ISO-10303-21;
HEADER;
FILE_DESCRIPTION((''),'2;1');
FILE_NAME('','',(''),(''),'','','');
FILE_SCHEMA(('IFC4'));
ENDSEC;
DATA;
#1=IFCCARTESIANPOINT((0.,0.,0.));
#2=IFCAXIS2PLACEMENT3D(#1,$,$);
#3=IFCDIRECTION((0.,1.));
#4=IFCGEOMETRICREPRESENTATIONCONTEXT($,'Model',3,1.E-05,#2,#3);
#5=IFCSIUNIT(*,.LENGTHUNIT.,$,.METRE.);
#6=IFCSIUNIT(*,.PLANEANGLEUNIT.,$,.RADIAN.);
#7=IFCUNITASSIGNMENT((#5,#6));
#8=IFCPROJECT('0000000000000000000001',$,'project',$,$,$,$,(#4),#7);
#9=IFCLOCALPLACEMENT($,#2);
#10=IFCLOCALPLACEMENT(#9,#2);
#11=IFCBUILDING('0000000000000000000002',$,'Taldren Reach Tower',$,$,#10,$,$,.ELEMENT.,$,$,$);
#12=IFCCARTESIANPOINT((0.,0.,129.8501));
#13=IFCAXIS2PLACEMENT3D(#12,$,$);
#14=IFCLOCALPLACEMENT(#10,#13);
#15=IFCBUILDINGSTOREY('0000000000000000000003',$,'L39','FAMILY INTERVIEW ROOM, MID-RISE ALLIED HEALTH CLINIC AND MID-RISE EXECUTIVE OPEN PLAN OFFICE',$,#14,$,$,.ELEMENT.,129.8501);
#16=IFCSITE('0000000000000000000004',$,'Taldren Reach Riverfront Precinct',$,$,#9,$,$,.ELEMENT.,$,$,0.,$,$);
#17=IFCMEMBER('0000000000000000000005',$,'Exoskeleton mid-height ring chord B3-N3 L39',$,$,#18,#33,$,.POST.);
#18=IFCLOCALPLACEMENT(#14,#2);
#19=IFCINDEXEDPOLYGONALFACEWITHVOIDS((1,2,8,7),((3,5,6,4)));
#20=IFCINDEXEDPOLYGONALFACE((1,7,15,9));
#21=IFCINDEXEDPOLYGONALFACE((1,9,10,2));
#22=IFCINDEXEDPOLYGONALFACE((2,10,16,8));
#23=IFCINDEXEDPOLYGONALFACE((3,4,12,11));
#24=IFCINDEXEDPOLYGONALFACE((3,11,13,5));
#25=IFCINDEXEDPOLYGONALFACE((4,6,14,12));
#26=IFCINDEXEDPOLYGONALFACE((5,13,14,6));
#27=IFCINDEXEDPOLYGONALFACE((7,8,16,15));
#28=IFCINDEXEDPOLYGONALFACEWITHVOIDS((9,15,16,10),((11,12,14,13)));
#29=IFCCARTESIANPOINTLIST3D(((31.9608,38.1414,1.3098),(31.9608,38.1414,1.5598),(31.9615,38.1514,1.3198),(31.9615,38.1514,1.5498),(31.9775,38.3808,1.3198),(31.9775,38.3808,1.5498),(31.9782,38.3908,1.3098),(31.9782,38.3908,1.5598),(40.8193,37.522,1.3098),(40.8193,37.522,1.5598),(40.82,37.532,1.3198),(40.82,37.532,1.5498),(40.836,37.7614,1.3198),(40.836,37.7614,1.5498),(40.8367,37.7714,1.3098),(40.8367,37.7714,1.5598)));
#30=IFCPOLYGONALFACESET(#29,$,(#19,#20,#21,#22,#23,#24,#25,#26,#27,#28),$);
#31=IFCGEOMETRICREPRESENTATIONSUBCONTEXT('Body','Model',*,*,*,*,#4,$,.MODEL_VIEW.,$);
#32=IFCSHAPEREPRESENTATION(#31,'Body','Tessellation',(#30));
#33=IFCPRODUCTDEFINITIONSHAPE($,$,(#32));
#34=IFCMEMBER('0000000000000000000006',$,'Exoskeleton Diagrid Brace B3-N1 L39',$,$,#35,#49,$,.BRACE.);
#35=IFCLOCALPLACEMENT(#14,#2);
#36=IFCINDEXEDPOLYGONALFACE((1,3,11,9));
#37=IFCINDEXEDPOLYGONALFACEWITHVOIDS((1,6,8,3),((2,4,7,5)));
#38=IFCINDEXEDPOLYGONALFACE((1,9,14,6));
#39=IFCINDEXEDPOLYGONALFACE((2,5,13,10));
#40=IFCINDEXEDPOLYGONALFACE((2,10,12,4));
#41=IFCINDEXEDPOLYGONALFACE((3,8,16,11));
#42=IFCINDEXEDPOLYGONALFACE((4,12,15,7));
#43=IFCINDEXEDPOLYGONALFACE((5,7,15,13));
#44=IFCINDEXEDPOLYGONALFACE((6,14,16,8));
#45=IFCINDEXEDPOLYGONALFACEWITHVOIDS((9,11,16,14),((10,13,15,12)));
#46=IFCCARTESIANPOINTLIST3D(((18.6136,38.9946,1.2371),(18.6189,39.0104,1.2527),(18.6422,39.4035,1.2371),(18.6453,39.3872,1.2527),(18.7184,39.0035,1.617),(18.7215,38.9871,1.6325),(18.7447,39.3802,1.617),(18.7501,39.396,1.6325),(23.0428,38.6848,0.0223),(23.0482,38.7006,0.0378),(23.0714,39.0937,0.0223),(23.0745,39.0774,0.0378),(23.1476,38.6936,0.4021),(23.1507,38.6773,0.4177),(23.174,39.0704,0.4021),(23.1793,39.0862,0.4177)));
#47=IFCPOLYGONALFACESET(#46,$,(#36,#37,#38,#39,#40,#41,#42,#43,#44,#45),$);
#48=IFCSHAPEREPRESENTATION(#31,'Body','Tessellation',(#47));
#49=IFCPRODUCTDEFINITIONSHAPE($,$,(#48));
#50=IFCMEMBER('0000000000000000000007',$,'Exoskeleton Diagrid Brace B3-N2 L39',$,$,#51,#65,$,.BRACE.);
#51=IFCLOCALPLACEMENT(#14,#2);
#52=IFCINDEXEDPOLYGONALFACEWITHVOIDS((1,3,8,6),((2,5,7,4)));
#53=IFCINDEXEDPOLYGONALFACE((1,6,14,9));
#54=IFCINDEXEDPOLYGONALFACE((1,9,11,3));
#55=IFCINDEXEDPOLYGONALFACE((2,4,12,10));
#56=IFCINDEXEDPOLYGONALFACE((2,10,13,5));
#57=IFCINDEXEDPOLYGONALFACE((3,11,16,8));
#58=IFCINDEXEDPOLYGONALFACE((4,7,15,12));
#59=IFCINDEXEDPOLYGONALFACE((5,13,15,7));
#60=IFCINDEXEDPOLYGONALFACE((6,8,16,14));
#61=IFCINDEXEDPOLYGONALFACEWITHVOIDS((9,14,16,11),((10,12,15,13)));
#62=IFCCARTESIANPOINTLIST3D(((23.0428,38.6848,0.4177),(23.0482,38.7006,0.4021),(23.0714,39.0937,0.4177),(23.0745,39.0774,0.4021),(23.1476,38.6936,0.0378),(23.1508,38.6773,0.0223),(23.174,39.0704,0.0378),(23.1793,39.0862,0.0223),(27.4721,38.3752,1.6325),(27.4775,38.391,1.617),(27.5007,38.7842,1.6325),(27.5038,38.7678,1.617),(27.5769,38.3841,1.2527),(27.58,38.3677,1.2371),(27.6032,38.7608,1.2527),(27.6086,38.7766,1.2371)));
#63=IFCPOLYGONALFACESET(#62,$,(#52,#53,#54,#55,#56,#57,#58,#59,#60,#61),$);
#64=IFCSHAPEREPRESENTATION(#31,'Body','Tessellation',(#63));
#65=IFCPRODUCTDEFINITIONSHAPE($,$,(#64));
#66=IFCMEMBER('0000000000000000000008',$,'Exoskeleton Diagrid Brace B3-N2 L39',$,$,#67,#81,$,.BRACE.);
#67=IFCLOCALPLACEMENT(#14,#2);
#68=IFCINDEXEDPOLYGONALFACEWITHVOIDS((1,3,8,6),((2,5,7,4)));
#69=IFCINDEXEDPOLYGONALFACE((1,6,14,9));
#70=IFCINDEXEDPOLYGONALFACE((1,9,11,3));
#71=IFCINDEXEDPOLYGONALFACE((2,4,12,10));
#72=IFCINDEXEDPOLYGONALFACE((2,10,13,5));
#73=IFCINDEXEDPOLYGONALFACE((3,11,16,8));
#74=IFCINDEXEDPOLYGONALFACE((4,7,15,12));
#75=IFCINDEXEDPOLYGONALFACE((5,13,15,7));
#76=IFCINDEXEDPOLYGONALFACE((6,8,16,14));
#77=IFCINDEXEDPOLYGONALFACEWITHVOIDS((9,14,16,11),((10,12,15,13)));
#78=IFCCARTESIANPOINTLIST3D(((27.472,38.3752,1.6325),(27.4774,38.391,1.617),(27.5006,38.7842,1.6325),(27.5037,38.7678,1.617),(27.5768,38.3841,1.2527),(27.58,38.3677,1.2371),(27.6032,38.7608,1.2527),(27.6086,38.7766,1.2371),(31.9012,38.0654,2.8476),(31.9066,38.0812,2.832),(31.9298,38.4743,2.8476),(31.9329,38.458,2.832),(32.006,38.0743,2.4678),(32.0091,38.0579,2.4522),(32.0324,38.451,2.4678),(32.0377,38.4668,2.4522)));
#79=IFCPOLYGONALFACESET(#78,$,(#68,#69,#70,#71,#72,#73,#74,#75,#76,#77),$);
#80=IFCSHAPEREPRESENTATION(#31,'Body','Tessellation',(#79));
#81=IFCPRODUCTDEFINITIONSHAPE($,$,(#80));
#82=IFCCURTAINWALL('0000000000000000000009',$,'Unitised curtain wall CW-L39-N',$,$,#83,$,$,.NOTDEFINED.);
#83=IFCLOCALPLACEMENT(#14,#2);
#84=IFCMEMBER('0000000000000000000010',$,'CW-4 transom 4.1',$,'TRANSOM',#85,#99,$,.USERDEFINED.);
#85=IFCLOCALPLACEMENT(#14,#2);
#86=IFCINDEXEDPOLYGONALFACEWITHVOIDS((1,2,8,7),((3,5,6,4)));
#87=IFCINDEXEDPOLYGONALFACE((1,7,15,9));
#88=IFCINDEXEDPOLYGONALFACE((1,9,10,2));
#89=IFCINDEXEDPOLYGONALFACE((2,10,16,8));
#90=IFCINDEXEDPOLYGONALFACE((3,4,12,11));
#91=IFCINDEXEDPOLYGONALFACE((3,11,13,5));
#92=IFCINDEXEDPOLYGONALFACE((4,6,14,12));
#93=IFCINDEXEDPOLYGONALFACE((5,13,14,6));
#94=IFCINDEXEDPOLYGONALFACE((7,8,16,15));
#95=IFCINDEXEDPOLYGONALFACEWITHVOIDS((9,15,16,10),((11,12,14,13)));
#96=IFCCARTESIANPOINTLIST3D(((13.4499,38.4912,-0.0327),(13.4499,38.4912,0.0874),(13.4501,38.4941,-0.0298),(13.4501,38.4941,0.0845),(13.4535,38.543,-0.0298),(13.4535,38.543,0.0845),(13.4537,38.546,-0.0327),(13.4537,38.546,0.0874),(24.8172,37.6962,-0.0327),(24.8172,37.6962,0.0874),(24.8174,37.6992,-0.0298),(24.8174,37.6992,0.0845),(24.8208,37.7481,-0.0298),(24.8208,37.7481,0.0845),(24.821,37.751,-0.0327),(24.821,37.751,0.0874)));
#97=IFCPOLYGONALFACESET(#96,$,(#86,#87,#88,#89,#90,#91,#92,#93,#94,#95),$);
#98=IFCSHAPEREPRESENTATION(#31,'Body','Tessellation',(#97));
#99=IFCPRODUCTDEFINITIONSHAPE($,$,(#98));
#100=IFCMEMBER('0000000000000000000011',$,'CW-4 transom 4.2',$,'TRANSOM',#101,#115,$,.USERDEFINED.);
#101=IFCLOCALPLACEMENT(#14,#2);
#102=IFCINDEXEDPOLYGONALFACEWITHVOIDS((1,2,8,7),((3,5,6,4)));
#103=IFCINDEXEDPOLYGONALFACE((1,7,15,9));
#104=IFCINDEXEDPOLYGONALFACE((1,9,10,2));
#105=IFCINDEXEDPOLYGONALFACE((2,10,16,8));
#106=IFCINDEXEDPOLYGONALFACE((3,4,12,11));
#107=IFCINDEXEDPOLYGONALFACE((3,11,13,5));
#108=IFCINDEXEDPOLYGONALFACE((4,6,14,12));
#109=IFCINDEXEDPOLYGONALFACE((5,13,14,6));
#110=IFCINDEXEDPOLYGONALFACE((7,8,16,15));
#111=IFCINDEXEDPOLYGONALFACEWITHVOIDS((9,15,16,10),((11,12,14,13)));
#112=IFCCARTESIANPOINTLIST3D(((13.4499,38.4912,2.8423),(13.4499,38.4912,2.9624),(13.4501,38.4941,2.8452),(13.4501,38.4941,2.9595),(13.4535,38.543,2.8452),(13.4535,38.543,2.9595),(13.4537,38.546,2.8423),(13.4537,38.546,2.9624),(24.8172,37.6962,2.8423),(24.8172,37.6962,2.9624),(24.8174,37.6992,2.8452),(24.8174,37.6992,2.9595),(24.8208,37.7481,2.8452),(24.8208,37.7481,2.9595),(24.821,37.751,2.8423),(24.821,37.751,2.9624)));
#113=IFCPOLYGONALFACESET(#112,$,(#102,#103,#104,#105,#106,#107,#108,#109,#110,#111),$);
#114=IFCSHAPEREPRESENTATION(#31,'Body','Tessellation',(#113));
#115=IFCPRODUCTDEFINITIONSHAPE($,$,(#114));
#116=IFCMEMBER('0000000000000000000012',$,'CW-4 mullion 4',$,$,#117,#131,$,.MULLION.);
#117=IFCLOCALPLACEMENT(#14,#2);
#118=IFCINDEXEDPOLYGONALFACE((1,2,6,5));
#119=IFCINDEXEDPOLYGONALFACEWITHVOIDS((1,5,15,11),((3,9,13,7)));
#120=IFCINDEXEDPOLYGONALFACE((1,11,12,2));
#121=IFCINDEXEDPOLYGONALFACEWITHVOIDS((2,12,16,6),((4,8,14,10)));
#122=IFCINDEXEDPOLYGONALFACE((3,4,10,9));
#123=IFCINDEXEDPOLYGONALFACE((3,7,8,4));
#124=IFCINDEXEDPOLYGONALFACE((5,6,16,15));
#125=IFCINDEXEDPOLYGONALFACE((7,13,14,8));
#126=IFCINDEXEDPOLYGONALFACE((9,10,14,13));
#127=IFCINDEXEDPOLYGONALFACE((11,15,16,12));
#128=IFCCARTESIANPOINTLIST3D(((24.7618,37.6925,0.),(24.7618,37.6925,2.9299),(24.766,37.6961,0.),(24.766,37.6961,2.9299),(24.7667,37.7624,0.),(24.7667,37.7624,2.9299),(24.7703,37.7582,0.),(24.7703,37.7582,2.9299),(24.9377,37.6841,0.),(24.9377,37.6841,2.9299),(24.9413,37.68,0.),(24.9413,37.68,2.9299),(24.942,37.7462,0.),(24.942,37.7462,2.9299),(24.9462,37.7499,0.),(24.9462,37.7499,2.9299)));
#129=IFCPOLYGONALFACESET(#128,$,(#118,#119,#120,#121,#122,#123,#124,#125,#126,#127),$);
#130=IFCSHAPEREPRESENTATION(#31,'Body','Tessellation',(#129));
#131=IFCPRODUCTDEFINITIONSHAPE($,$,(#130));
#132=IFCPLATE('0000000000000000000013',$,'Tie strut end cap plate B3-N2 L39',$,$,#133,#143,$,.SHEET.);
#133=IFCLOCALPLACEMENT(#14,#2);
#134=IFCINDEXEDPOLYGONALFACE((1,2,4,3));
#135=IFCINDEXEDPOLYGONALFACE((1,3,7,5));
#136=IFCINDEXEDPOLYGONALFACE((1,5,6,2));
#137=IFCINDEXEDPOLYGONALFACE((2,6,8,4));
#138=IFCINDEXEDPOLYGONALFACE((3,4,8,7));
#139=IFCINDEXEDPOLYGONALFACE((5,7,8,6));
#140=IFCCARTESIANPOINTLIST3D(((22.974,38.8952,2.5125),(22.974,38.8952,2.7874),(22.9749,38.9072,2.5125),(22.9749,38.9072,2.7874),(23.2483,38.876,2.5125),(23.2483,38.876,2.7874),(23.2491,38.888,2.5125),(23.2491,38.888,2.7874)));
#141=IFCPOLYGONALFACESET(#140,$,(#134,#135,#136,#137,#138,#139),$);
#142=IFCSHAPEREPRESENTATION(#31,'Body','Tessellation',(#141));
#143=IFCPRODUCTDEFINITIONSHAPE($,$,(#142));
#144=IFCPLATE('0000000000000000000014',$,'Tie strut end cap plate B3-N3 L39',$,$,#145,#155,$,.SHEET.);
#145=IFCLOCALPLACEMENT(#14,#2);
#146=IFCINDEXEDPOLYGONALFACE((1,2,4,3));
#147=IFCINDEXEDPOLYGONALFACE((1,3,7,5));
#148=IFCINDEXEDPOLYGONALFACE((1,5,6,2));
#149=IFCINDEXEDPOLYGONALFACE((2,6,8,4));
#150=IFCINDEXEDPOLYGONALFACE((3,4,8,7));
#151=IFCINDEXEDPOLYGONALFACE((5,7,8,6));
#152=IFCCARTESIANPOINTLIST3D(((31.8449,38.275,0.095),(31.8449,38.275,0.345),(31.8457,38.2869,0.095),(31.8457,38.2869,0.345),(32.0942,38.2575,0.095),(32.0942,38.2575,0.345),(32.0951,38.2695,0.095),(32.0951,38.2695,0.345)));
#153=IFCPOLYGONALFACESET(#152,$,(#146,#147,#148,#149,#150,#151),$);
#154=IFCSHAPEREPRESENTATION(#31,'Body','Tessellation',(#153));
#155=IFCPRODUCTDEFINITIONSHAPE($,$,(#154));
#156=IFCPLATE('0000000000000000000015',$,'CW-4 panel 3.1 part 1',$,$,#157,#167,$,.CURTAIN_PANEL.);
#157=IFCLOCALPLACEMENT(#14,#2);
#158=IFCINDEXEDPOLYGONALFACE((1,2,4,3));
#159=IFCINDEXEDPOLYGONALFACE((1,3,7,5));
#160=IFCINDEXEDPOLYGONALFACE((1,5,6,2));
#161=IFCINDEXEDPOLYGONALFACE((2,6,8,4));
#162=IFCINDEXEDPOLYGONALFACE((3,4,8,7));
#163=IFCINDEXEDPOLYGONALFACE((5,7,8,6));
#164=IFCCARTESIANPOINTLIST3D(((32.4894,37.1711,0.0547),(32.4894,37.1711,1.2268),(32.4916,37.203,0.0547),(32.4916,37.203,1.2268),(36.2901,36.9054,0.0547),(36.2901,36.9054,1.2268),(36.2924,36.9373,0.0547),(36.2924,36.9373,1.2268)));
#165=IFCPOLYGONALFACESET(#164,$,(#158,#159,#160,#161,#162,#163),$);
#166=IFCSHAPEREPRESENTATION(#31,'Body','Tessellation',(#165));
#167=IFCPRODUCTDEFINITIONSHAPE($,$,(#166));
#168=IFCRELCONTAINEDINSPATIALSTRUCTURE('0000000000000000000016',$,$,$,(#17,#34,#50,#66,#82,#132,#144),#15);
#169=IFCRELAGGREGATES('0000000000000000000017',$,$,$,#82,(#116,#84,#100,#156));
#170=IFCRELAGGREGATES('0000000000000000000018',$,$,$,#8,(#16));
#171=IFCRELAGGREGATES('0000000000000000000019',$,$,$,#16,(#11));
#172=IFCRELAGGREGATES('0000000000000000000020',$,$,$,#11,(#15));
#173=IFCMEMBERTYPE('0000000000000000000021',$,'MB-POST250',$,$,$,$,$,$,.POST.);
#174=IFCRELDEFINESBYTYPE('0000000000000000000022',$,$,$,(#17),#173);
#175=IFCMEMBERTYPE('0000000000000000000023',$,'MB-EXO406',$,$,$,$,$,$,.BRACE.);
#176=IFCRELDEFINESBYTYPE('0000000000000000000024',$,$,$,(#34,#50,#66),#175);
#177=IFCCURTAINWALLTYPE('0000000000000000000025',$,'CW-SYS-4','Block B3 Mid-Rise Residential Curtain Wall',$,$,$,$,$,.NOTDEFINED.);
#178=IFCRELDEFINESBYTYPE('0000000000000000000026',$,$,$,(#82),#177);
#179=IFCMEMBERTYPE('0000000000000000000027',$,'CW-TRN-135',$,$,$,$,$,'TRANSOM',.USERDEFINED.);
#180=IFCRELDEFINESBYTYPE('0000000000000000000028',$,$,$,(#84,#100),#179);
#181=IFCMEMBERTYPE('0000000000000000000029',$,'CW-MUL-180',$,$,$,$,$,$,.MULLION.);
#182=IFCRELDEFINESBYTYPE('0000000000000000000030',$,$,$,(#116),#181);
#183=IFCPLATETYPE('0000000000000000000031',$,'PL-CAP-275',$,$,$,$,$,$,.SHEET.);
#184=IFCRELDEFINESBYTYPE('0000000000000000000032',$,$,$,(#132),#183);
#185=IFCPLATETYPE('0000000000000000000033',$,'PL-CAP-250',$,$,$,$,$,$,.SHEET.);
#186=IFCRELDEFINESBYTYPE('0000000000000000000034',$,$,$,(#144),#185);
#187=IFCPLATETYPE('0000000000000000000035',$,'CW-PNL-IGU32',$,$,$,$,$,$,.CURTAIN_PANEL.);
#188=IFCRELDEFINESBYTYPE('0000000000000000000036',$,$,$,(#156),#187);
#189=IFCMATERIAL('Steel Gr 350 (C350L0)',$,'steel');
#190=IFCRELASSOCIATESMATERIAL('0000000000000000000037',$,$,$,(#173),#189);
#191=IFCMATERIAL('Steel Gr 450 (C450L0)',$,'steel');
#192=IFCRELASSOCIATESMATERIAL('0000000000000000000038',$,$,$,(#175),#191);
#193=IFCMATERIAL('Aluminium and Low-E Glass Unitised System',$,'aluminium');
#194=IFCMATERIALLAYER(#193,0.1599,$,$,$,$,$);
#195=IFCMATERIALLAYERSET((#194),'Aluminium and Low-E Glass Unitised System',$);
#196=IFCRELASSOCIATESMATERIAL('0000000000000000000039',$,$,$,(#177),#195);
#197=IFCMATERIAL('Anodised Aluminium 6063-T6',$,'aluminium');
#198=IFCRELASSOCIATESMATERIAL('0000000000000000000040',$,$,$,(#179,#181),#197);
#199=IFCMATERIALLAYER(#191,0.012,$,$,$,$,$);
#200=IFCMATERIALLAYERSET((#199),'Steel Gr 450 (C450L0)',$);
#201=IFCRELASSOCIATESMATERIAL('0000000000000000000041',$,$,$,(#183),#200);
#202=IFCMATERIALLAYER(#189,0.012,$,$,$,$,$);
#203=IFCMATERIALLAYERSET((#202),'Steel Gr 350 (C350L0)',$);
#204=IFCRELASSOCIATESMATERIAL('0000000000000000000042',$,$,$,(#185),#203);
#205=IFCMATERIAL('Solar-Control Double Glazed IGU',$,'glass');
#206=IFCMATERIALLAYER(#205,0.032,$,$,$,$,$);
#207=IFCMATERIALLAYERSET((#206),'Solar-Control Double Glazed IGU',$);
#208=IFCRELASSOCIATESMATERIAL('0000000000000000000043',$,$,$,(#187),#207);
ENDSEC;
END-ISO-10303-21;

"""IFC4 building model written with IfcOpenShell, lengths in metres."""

from ifc_helpers import new_model, si_unit, direction, frame, origin, origin_2d, place, context, subcontext, project, spatial, rectangle, hollow_rectangle, extrude, source, transform, mapped, material, layer, layer_set, material_profile, profile_set, type_object, element, aggregate, save


model = new_model("IFC4")

# Units and contexts
model_context = context("Model", 3, precision=1e-05, world=origin(), true_north=direction((0.0, 1.0)))
body_context = subcontext(model_context, "Body", "Model", "MODEL_VIEW")
ifc_project = project(units=[si_unit("LENGTHUNIT", "METRE"), si_unit("PLANEANGLEUNIT", "RADIAN")], contexts=[model_context])

# Site, building, storey
site_placement = place(None, origin())
site = spatial("IfcSite", under=ifc_project, at=site_placement, Name="Taldren Reach Riverfront Precinct", CompositionType="ELEMENT", RefElevation=0.0)
building_placement = place(site_placement, origin())
building = spatial("IfcBuilding", under=site, at=building_placement, Name="Taldren Reach Tower", CompositionType="ELEMENT")
storey_placement = place(building_placement, frame((0.0, 0.0, 129.8501)))
storey = spatial("IfcBuildingStorey", under=building, at=storey_placement, Name="L39", Description="FAMILY INTERVIEW ROOM, MID-RISE ALLIED HEALTH CLINIC AND MID-RISE EXECUTIVE OPEN PLAN OFFICE", CompositionType="ELEMENT", Elevation=129.8501)

# Shared definitions
ifc_material_1 = material(Name="Steel Gr 450 (C450L0)", Category="steel")
ifc_material_2 = material(Name="Steel Gr 350 (C350L0)", Category="steel")
ifc_material_profile_1 = material_profile(ifc_material_2, hollow_rectangle(XDim=0.25, YDim=0.25, WallThickness=0.01, at=origin_2d()), Name="250x250x10.0SHS")
ifc_profile_set_1 = profile_set([ifc_material_profile_1], Name="Steel Gr 350 (C350L0)")
member_type_1 = type_object("IfcMemberType", Name="MB-POST250", PredefinedType="POST", material=ifc_profile_set_1)

# Members
shared_shape_1 = source(origin(), body_context, "Body", "SweptSolid", [
    extrude(hollow_rectangle(XDim=0.25, YDim=0.25, WallThickness=0.01, at=origin_2d()), origin(), (0.0, 0.0, 1.0), 8.8801),
])
for number, where, z_axis, x_axis, name in (
    (1, (31.9695, 38.2661, 1.4348), (0.997564, -0.06975, 0.0), (0.06975, 0.997564, 0.0), "Exoskeleton mid-height ring chord B3-N3 L39"),
):
    element("IfcMember", number, at=place(storey_placement, frame(where, z_axis=z_axis, x_axis=x_axis)), inside=storey, type_object=member_type_1, Name=name, PredefinedType="POST", context=body_context, shape_type="MappedRepresentation", body=[
        mapped(shared_shape_1, transform((0.0, 0.0, 0.0), scale=1.0)),
    ])
ifc_material_profile_2 = material_profile(ifc_material_1, hollow_rectangle(XDim=0.4099, YDim=0.4099, WallThickness=0.0161, at=origin_2d()), Name="410x410x16.0SHS")
ifc_profile_set_2 = profile_set([ifc_material_profile_2], Name="Steel Gr 450 (C450L0)")
member_type_2 = type_object("IfcMemberType", Name="MB-EXO406", PredefinedType="BRACE", material=ifc_profile_set_2)
shared_shape_2 = source(origin(), body_context, "Body", "SweptSolid", [
    extrude(hollow_rectangle(XDim=0.4099, YDim=0.4099, WallThickness=0.0161, at=origin_2d()), origin(), (0.0, 0.0, 1.0), 4.6033),
])
for number, where, z_axis, x_axis, name in (
    (2, (23.1111, 38.8855, 0.22), (-0.962196, 0.067304, 0.263912), (-0.069778, -0.997563, 0.0), "Exoskeleton Diagrid Brace B3-N1 L39"),
    (3, (23.1111, 38.8855, 0.22), (0.962199, -0.067251, 0.263913), (0.069723, 0.997566, 0.0), "Exoskeleton Diagrid Brace B3-N2 L39"),
    (4, (27.5403, 38.5759, 1.4348), (0.962182, -0.067303, 0.263961), (0.069778, 0.997563, 0.0), "Exoskeleton Diagrid Brace B3-N2 L39"),
):
    element("IfcMember", number, at=place(storey_placement, frame(where, z_axis=z_axis, x_axis=x_axis)), inside=storey, type_object=member_type_2, Name=name, PredefinedType="BRACE", context=body_context, shape_type="MappedRepresentation", body=[
        mapped(shared_shape_2, transform((0.0, 0.0, 0.0), scale=1.0)),
    ])

# Curtain wall, members
ifc_material_3 = material(Name="Aluminium and Low-E Glass Unitised System", Category="aluminium")
ifc_layer_1 = layer(ifc_material_3, 0.1599)
ifc_layer_set_1 = layer_set([ifc_layer_1], Name="Aluminium and Low-E Glass Unitised System")
curtain_wall_type = type_object("IfcCurtainWallType", Name="CW-SYS-4", Description="Block B3 Mid-Rise Residential Curtain Wall", PredefinedType="NOTDEFINED", material=ifc_layer_set_1)
curtain_wall_placement = place(storey_placement, origin())
curtain_wall = element("IfcCurtainWall", 5, at=curtain_wall_placement, inside=storey, type_object=curtain_wall_type, Name="Unitised curtain wall CW-L39-N", PredefinedType="NOTDEFINED")
ifc_material_4 = material(Name="Anodised Aluminium 6063-T6", Category="aluminium")
ifc_material_profile_3 = material_profile(ifc_material_4, hollow_rectangle(XDim=0.0549, YDim=0.1201, WallThickness=0.0029, at=origin_2d()), Name="ALU-120x55x3RHS")
ifc_profile_set_3 = profile_set([ifc_material_profile_3], Name="Anodised Aluminium 6063-T6")
member_type_3 = type_object("IfcMemberType", Name="CW-TRN-135", ElementType="TRANSOM", PredefinedType="USERDEFINED", material=ifc_profile_set_3)
shared_shape_3 = source(origin(), body_context, "Body", "SweptSolid", [
    extrude(hollow_rectangle(XDim=0.0549, YDim=0.1201, WallThickness=0.0029, at=origin_2d()), origin(), (0.0, 0.0, 1.0), 11.395),
])
member_1_placement = place(storey_placement, frame((24.8191, 37.7236, 0.0273), z_axis=(-0.997564, 0.069761, 0.0), x_axis=(-0.069761, -0.997564, 0.0)))
member_1 = element("IfcMember", 6, at=member_1_placement, type_object=member_type_3, Name="CW-4 transom 4.1", ObjectType="TRANSOM", PredefinedType="USERDEFINED", context=body_context, shape_type="MappedRepresentation", body=[
    mapped(shared_shape_3, transform((0.0, 0.0, 0.0), scale=1.0)),
])
member_2_placement = place(storey_placement, frame((24.8191, 37.7236, 2.9023), z_axis=(-0.997564, 0.069761, 0.0), x_axis=(-0.069761, -0.997564, 0.0)))
member_2 = element("IfcMember", 7, at=member_2_placement, type_object=member_type_3, Name="CW-4 transom 4.2", ObjectType="TRANSOM", PredefinedType="USERDEFINED", context=body_context, shape_type="MappedRepresentation", body=[
    mapped(shared_shape_3, transform((0.0, 0.0, 0.0), scale=1.0)),
])
ifc_material_profile_4 = material_profile(ifc_material_4, hollow_rectangle(XDim=0.0701, YDim=0.1799, WallThickness=0.0039, at=origin_2d()), Name="ALU-180x70x4RHS")
ifc_profile_set_4 = profile_set([ifc_material_profile_4], Name="Anodised Aluminium 6063-T6")
member_type_4 = type_object("IfcMemberType", Name="CW-MUL-180", PredefinedType="MULLION", material=ifc_profile_set_4)
shared_shape_4 = source(origin(), body_context, "Body", "SweptSolid", [
    extrude(hollow_rectangle(XDim=0.0701, YDim=0.1799, WallThickness=0.0039, at=origin_2d()), origin(), (0.0, 0.0, 1.0), 2.9299),
])
member_3_placement = place(storey_placement, frame((24.854, 37.7212, 0.0), z_axis=(0.0, 0.0, 1.0), x_axis=(-0.069757, -0.997564, 0.0)))
member_3 = element("IfcMember", 8, at=member_3_placement, type_object=member_type_4, Name="CW-4 mullion 4", PredefinedType="MULLION", context=body_context, shape_type="MappedRepresentation", body=[
    mapped(shared_shape_4, transform((0.0, 0.0, 0.0), scale=1.0)),
])

# Plates
ifc_layer_2 = layer(ifc_material_1, 0.012)
ifc_layer_set_2 = layer_set([ifc_layer_2], Name="Steel Gr 450 (C450L0)")
plate_type_1 = type_object("IfcPlateType", Name="PL-CAP-275", PredefinedType="SHEET", material=ifc_layer_set_2)
shared_shape_5 = source(origin(), body_context, "Body", "SweptSolid", [
    extrude(rectangle(XDim=0.2749, YDim=0.012, at=origin_2d()), origin(), (0.0, 0.0, 1.0), 0.2749),
])
plate_1_placement = place(storey_placement, frame((23.1116, 38.8916, 2.5125), z_axis=(0.0, 0.0, 1.0), x_axis=(0.997564, -0.069756, 0.0)))
element("IfcPlate", 9, at=plate_1_placement, inside=storey, type_object=plate_type_1, Name="Tie strut end cap plate B3-N2 L39", PredefinedType="SHEET", context=body_context, shape_type="MappedRepresentation", body=[
    mapped(shared_shape_5, transform((0.0, 0.0, 0.0), scale=1.0)),
])
ifc_layer_3 = layer(ifc_material_2, 0.012)
ifc_layer_set_3 = layer_set([ifc_layer_3], Name="Steel Gr 350 (C350L0)")
plate_type_2 = type_object("IfcPlateType", Name="PL-CAP-250", PredefinedType="SHEET", material=ifc_layer_set_3)
shared_shape_6 = source(origin(), body_context, "Body", "SweptSolid", [
    extrude(rectangle(XDim=0.25, YDim=0.012, at=origin_2d()), origin(), (0.0, 0.0, 1.0), 0.25),
])
plate_2_placement = place(storey_placement, frame((31.97, 38.2722, 0.095), z_axis=(0.0, 0.0, 1.0), x_axis=(0.997564, -0.069756, 0.0)))
element("IfcPlate", 10, at=plate_2_placement, inside=storey, type_object=plate_type_2, Name="Tie strut end cap plate B3-N3 L39", PredefinedType="SHEET", context=body_context, shape_type="MappedRepresentation", body=[
    mapped(shared_shape_6, transform((0.0, 0.0, 0.0), scale=1.0)),
])

# Plate
ifc_material_5 = material(Name="Solar-Control Double Glazed IGU", Category="glass")
ifc_layer_4 = layer(ifc_material_5, 0.032)
ifc_layer_set_4 = layer_set([ifc_layer_4], Name="Solar-Control Double Glazed IGU")
plate_type_3 = type_object("IfcPlateType", Name="CW-PNL-IGU32", PredefinedType="CURTAIN_PANEL", material=ifc_layer_set_4)
shared_shape_7 = source(origin(), body_context, "Body", "SweptSolid", [
    extrude(rectangle(XDim=3.8101, YDim=0.032, at=origin_2d()), origin(), (0.0, 0.0, 1.0), 1.1721),
])
plate_3_placement = place(storey_placement, frame((34.3909, 37.0542, 0.0547), z_axis=(0.0, 0.0, 1.0), x_axis=(-0.997564, 0.069757, 0.0)))
plate_3 = element("IfcPlate", 11, at=plate_3_placement, type_object=plate_type_3, Name="CW-4 panel 3.1 part 1", PredefinedType="CURTAIN_PANEL", context=body_context, shape_type="MappedRepresentation", body=[
    mapped(shared_shape_7, transform((0.0, 0.0, 0.0), scale=1.0)),
])
aggregate(curtain_wall, [member_3, member_1, member_2, plate_3])

save(model, "model.ifc")
